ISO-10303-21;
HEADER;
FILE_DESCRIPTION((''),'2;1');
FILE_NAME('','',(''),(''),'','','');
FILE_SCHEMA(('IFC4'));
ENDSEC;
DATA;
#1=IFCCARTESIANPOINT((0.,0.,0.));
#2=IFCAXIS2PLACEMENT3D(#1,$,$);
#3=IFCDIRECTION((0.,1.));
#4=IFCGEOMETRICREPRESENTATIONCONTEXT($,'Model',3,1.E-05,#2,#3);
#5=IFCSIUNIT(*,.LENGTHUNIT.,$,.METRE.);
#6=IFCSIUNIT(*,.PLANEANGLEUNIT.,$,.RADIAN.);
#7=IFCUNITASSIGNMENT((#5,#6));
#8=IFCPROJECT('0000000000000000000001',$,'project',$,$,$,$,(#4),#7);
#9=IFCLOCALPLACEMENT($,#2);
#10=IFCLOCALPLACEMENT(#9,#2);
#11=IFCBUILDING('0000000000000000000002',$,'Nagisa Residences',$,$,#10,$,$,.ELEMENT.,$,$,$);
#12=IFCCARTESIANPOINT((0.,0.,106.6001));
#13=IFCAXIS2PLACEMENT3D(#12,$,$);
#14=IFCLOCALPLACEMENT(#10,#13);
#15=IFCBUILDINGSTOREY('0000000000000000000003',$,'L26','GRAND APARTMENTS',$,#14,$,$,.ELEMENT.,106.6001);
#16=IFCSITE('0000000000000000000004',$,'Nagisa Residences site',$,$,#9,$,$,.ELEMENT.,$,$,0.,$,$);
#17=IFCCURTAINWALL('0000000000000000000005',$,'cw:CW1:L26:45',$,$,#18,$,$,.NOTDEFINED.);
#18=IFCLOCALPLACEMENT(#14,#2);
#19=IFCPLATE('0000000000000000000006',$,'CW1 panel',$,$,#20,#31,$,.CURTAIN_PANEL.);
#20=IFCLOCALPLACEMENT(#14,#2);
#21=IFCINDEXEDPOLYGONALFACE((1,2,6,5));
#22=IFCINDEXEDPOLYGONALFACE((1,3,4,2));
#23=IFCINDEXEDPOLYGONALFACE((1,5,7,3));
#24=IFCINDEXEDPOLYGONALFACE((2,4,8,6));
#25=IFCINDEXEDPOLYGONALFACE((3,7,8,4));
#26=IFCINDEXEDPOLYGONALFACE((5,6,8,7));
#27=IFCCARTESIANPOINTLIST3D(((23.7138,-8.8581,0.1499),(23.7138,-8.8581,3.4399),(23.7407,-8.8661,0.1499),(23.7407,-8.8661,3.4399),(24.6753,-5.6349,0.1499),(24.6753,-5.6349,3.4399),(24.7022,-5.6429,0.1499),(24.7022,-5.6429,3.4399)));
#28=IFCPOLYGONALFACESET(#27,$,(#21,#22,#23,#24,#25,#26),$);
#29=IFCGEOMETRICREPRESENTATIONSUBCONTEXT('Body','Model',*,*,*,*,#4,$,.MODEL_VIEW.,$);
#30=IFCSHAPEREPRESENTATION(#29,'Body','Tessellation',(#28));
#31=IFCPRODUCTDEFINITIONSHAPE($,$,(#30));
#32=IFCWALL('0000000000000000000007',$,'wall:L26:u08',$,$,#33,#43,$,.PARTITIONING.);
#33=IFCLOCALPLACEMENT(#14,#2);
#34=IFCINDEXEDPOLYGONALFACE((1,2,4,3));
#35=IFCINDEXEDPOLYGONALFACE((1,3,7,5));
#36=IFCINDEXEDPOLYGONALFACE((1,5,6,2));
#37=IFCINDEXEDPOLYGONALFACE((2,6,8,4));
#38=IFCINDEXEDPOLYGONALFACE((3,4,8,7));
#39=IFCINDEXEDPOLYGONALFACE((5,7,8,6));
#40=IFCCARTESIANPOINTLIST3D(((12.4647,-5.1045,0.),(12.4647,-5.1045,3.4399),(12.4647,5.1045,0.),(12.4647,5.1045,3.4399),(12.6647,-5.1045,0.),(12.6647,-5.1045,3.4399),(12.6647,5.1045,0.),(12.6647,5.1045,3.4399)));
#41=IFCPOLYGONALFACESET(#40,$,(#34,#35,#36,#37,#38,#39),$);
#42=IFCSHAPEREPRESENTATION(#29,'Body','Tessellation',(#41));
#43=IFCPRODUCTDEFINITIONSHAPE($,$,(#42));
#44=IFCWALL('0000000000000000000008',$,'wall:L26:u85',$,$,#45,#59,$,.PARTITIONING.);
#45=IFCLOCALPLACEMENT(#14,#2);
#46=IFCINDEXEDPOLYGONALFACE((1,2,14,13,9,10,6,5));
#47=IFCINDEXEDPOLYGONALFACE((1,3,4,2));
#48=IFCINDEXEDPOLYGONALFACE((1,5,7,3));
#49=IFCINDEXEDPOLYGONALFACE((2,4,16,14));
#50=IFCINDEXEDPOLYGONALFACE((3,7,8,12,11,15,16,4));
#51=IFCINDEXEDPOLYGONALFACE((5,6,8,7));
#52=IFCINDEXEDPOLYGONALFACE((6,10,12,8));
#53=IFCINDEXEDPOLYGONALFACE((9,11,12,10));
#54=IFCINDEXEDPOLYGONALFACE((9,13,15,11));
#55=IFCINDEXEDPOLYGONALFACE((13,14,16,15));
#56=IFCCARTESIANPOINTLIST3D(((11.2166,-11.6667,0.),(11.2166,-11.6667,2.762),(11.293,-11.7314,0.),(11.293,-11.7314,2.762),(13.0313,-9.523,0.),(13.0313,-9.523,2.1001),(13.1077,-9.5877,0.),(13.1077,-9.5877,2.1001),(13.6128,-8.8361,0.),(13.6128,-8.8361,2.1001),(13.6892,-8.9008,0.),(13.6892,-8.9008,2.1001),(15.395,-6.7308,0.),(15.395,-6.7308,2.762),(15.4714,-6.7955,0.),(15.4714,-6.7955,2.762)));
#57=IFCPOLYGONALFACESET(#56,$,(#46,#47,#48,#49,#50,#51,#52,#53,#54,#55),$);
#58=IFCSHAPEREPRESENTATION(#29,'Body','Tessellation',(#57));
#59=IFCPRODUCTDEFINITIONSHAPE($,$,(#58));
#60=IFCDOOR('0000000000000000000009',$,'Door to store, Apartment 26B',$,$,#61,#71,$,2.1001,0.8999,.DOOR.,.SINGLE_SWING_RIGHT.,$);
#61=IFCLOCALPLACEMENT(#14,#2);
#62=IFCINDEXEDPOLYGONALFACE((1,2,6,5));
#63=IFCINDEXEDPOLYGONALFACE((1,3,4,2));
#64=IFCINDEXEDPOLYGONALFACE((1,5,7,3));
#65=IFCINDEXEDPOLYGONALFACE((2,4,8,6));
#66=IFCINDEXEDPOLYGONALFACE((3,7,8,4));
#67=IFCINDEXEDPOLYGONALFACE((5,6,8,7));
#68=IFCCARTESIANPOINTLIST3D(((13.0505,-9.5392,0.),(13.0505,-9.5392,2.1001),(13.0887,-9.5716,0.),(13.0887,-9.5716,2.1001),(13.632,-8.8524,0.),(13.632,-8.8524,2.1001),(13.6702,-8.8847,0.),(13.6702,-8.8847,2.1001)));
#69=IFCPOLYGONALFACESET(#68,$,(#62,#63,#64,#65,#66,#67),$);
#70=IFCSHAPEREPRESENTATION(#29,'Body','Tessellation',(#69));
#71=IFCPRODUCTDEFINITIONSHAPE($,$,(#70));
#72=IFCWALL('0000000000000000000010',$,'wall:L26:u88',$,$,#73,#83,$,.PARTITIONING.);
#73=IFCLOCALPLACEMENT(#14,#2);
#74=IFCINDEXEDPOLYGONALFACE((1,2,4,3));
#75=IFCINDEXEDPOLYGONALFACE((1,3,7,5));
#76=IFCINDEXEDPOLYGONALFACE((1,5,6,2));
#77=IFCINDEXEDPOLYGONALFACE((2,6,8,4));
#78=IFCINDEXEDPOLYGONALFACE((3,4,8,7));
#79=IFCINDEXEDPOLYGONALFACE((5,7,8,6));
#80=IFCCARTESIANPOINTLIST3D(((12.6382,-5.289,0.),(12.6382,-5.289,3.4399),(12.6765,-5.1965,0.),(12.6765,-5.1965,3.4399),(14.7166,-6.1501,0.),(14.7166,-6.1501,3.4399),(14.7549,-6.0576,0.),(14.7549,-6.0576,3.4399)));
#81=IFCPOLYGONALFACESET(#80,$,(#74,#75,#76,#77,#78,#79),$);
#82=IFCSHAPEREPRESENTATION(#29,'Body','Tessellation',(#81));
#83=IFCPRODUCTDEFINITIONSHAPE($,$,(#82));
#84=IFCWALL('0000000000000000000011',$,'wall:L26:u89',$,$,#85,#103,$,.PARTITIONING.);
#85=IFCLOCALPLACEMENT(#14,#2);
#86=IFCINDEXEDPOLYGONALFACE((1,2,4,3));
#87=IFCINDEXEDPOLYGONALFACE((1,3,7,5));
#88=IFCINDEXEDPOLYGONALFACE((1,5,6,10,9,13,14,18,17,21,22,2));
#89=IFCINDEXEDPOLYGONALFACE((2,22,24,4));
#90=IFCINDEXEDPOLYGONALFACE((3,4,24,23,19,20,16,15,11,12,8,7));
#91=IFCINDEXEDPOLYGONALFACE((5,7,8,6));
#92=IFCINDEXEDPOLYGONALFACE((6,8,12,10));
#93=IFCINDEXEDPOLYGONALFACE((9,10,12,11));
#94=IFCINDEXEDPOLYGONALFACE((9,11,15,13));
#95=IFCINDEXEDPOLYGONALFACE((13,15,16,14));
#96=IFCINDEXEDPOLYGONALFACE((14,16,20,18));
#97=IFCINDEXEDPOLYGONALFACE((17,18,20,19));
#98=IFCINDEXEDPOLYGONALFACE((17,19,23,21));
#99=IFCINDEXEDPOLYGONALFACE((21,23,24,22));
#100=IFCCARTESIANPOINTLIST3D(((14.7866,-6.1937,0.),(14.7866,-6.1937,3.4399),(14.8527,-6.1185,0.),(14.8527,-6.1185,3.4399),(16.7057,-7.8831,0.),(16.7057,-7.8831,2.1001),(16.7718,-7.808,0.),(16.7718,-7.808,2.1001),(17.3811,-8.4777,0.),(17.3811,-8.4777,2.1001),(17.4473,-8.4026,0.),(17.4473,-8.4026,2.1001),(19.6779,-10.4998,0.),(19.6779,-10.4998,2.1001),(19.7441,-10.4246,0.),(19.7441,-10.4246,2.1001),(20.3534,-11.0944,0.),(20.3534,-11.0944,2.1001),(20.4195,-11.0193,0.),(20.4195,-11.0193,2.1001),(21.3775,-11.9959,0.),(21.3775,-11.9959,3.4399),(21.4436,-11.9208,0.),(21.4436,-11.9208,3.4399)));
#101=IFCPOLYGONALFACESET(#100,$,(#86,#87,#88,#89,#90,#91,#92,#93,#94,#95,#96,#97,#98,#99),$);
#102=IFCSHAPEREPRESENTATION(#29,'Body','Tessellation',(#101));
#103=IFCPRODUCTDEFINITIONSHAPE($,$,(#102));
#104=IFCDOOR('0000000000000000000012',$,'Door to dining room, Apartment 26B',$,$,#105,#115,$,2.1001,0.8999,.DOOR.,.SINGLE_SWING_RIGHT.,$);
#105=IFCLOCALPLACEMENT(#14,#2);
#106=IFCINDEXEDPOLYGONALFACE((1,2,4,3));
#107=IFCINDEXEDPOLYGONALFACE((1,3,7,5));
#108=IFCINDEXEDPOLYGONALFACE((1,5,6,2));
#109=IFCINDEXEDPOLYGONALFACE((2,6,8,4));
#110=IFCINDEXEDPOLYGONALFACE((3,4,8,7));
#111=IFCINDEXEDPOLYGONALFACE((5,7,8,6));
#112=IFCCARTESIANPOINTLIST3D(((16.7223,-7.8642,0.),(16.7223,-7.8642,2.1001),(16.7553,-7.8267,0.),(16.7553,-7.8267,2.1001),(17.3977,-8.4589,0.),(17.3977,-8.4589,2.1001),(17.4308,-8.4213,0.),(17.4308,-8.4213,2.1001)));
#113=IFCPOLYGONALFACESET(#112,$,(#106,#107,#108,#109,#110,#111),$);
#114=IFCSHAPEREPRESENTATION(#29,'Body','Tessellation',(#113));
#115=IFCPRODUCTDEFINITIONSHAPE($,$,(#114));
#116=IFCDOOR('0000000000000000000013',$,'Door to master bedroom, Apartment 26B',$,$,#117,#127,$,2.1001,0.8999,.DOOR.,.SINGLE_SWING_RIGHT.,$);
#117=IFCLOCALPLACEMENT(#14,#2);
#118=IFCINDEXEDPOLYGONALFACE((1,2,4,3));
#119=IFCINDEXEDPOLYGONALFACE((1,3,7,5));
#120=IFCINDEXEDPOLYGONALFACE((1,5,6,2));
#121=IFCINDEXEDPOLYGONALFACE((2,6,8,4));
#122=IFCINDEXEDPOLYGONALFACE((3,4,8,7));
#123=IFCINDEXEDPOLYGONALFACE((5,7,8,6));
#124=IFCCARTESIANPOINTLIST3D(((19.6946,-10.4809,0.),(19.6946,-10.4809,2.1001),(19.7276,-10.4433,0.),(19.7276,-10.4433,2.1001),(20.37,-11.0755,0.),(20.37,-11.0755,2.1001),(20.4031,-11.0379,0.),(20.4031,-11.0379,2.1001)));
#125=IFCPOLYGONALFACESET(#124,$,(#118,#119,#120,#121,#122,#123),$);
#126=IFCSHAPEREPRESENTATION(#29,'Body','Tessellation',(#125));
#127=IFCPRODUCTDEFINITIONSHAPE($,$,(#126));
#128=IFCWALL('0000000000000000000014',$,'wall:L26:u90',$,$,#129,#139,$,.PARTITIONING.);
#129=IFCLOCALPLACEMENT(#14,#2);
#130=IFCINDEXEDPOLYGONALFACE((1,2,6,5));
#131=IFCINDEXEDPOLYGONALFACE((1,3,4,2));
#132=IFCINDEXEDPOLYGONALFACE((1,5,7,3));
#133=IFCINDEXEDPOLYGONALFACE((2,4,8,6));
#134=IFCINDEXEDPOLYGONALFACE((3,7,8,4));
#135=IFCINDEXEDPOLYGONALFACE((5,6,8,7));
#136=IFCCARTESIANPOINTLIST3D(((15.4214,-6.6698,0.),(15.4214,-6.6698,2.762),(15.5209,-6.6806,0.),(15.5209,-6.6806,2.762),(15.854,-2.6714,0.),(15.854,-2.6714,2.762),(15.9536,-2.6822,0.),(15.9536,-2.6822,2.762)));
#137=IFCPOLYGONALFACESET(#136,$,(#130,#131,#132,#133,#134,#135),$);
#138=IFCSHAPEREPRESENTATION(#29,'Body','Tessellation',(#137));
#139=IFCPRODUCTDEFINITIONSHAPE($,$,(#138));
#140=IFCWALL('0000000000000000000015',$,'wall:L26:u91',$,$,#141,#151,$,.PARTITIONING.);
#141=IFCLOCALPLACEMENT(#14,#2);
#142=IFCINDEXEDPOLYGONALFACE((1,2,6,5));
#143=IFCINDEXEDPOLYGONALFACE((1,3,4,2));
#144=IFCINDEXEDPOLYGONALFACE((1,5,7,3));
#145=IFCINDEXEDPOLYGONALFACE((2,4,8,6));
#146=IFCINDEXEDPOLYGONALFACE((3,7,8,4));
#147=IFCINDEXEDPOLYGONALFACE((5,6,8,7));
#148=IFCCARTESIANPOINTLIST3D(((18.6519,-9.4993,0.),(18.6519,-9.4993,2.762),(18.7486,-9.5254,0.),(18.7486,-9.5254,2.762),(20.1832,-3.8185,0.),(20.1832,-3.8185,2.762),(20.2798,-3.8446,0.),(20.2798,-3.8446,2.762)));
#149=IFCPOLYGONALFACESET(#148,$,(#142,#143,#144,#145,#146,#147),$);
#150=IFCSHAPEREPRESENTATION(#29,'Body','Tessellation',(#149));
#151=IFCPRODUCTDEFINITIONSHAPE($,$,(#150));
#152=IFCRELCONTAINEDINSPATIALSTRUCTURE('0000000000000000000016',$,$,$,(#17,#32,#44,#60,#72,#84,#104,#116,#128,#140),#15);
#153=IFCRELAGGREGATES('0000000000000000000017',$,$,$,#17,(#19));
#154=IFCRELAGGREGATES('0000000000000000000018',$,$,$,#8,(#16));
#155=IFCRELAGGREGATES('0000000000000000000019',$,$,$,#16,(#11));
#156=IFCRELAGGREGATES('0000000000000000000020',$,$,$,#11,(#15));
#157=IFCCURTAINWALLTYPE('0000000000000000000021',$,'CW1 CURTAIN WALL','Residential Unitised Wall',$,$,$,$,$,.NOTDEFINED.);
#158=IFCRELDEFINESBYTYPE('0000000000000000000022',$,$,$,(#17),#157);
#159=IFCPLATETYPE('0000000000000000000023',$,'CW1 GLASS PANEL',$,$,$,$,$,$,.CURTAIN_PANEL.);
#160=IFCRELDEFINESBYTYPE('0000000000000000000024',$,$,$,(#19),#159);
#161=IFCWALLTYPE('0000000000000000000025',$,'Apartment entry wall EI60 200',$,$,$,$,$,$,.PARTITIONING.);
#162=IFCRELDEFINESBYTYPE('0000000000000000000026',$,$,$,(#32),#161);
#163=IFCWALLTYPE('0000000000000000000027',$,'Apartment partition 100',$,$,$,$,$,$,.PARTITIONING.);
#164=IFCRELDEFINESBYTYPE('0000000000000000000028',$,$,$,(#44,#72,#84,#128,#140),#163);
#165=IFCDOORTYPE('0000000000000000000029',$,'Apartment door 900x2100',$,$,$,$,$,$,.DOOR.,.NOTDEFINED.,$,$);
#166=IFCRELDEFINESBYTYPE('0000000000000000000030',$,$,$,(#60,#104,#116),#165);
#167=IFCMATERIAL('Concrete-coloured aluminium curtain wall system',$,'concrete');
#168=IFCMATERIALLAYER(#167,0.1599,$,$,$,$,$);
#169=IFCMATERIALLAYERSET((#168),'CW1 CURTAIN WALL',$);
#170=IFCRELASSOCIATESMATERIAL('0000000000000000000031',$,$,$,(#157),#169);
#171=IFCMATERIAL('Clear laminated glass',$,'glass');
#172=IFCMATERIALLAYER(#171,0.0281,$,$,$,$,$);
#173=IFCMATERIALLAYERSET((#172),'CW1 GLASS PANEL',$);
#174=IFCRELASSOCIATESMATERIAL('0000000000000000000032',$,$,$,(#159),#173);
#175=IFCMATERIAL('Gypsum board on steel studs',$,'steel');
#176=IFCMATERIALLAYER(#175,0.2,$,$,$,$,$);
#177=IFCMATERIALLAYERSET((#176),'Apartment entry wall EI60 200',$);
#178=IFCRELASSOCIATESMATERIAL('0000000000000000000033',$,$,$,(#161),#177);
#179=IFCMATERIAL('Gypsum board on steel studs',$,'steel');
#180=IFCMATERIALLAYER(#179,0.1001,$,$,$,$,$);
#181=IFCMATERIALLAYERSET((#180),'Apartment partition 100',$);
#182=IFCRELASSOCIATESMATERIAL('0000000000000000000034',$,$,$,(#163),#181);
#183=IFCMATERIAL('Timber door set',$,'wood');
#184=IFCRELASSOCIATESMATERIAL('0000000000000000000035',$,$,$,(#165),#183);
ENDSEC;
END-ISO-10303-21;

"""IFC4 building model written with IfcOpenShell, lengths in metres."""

from ifc_helpers import new_model, si_unit, direction, frame, frame_2d, origin, origin_2d, place, context, subcontext, project, spatial, rectangle, extrude, material, layer, layer_set, type_object, element, fill, aggregate, save


model = new_model("IFC4")

# Units and contexts
model_context = context("Model", 3, precision=1e-05, world=origin(), true_north=direction((0.0, 1.0)))
body_context = subcontext(model_context, "Body", "Model", "MODEL_VIEW")
ifc_project = project(units=[si_unit("LENGTHUNIT", "METRE"), si_unit("PLANEANGLEUNIT", "RADIAN")], contexts=[model_context])

# Site, building, storey
site_placement = place(None, origin())
site = spatial("IfcSite", under=ifc_project, at=site_placement, Name="Nagisa Residences site", CompositionType="ELEMENT", RefElevation=0.0)
building_placement = place(site_placement, origin())
building = spatial("IfcBuilding", under=site, at=building_placement, Name="Nagisa Residences", CompositionType="ELEMENT")
storey_placement = place(building_placement, frame((0.0, 0.0, 106.6001)))
storey = spatial("IfcBuildingStorey", under=building, at=storey_placement, Name="L26", Description="GRAND APARTMENTS", CompositionType="ELEMENT", Elevation=106.6001)

# Curtain wall
ifc_material_1 = material(Name="Concrete-coloured aluminium curtain wall system", Category="concrete")
ifc_layer_1 = layer(ifc_material_1, 0.1599)
ifc_layer_set_1 = layer_set([ifc_layer_1], Name="CW1 CURTAIN WALL")
curtain_wall_type = type_object("IfcCurtainWallType", Name="CW1 CURTAIN WALL", Description="Residential Unitised Wall", PredefinedType="NOTDEFINED", material=ifc_layer_set_1)
curtain_wall_1_placement = place(storey_placement, origin())
curtain_wall_1 = element("IfcCurtainWall", 1, at=curtain_wall_1_placement, inside=storey, type_object=curtain_wall_type, Name="cw:CW1:L26:45", PredefinedType="NOTDEFINED")

# Shared definitions
ifc_material_2 = material(Name="Clear laminated glass", Category="glass")
ifc_layer_2 = layer(ifc_material_2, 0.0281)
ifc_layer_set_2 = layer_set([ifc_layer_2], Name="CW1 GLASS PANEL")
plate_type = type_object("IfcPlateType", Name="CW1 GLASS PANEL", PredefinedType="CURTAIN_PANEL", material=ifc_layer_set_2)

# Plate
plate_1_placement = place(storey_placement, frame((24.208, -7.2505, 0.1499), z_axis=(0.0, 0.0, 1.0), x_axis=(0.28586, 0.958271, 0.0)))
plate_1 = element("IfcPlate", 2, at=plate_1_placement, type_object=plate_type, Name="CW1 panel", PredefinedType="CURTAIN_PANEL", context=body_context, shape_type="SweptSolid", body=[
    extrude(rectangle(XDim=3.3635, YDim=0.0281, at=origin_2d()), origin(), (0.0, 0.0, 1.0), 3.29),
])
aggregate(curtain_wall_1, [plate_1])

# Wall
ifc_material_3 = material(Name="Gypsum board on steel studs", Category="steel")
ifc_layer_3 = layer(ifc_material_3, 0.2)
ifc_layer_set_3 = layer_set([ifc_layer_3], Name="Apartment entry wall EI60 200")
wall_type_1 = type_object("IfcWallType", Name="Apartment entry wall EI60 200", PredefinedType="PARTITIONING", material=ifc_layer_set_3)
wall_1_placement = place(storey_placement, frame((12.5647, -5.1045, 0.0), z_axis=(0.0, 0.0, 1.0), x_axis=(0.0, 1.0, 0.0)))
element("IfcWall", 3, at=wall_1_placement, inside=storey, type_object=wall_type_1, Name="wall:L26:u08", PredefinedType="PARTITIONING", context=body_context, shape_type="SweptSolid", body=[
    extrude(rectangle(XDim=10.209, YDim=0.2, at=frame_2d((5.1045, 0.0))), origin(), (0.0, 0.0, 1.0), 3.4399),
])

# Wall, opening, door
ifc_material_4 = material(Name="Gypsum board on steel studs", Category="steel")
ifc_layer_4 = layer(ifc_material_4, 0.1001)
ifc_layer_set_4 = layer_set([ifc_layer_4], Name="Apartment partition 100")
wall_type_2 = type_object("IfcWallType", Name="Apartment partition 100", PredefinedType="PARTITIONING", material=ifc_layer_set_4)
wall_2_placement = place(storey_placement, frame((11.2549, -11.699, 0.0), z_axis=(0.0, 0.0, 1.0), x_axis=(0.646106, 0.763247, 0.0)))
wall_2 = element("IfcWall", 4, at=wall_2_placement, inside=storey, type_object=wall_type_2, Name="wall:L26:u85", PredefinedType="PARTITIONING", context=body_context, shape_type="SweptSolid", body=[
    extrude(rectangle(XDim=6.467, YDim=0.1001, at=frame_2d((3.2334, 0.0))), origin(), (0.0, 0.0, 1.0), 2.762),
])
opening_1_placement = place(wall_2_placement, frame((2.8086, 0.0, 0.0)))
opening_1 = element("IfcOpeningElement", 5, at=opening_1_placement, cuts=wall_2, PredefinedType="OPENING", context=body_context, shape_type="SweptSolid", body=[
    extrude(rectangle(XDim=0.8999, YDim=2.1001, at=frame_2d((0.45, 1.05))), frame((0.0, 0.0601, 0.0), z_axis=(0.0, -1.0, 0.0), x_axis=(1.0, 0.0, 0.0)), (0.0, 0.0, 1.0), 0.1201),
])
ifc_material_5 = material(Name="Timber door set", Category="wood")
door_type_1 = type_object("IfcDoorType", Name="Apartment door 900x2100", OperationType="NOTDEFINED", PredefinedType="DOOR", material=ifc_material_5)
door_1_placement = place(opening_1_placement, origin())
door_1 = element("IfcDoor", 6, at=door_1_placement, inside=storey, type_object=door_type_1, Name="Door to store, Apartment 26B", OperationType="SINGLE_SWING_RIGHT", OverallHeight=2.1001, OverallWidth=0.8999, PredefinedType="DOOR", context=body_context, shape_type="SweptSolid", body=[
    extrude(rectangle(XDim=0.8999, YDim=2.1001, at=frame_2d((0.45, 1.05))), frame((0.0, 0.0249, 0.0), z_axis=(0.0, -1.0, 0.0), x_axis=(1.0, 0.0, 0.0)), (0.0, 0.0, 1.0), 0.05),
])
fill(opening_1, door_1)

# Wall
wall_3_placement = place(storey_placement, frame((12.6572, -5.2427, 0.0), z_axis=(0.0, 0.0, 1.0), x_axis=(0.923849, -0.382758, 0.0)))
element("IfcWall", 7, at=wall_3_placement, inside=storey, type_object=wall_type_2, Name="wall:L26:u88", PredefinedType="PARTITIONING", context=body_context, shape_type="SweptSolid", body=[
    extrude(rectangle(XDim=2.2498, YDim=0.1001, at=frame_2d((1.125, 0.0))), origin(), (0.0, 0.0, 1.0), 3.4399),
])

# Wall, openings, doors
wall_4_placement = place(storey_placement, frame((14.8196, -6.156, 0.0), z_axis=(0.0, 0.0, 1.0), x_axis=(0.750582, -0.660777, 0.0)))
wall_4 = element("IfcWall", 8, at=wall_4_placement, inside=storey, type_object=wall_type_2, Name="wall:L26:u89", PredefinedType="PARTITIONING", context=body_context, shape_type="SweptSolid", body=[
    extrude(rectangle(XDim=8.781, YDim=0.1001, at=frame_2d((4.3906, 0.0))), origin(), (0.0, 0.0, 1.0), 3.4399),
])
opening_2_placement = place(wall_4_placement, frame((2.5569, 0.0, 0.0)))
opening_2 = element("IfcOpeningElement", 9, at=opening_2_placement, cuts=wall_4, PredefinedType="OPENING", context=body_context, shape_type="SweptSolid", body=[
    extrude(rectangle(XDim=0.8999, YDim=2.1001, at=frame_2d((0.45, 1.05))), frame((0.0, 0.0601, 0.0), z_axis=(0.0, -1.0, 0.0), x_axis=(1.0, 0.0, 0.0)), (0.0, 0.0, 1.0), 0.1201),
])
opening_3_placement = place(wall_4_placement, frame((6.5168, 0.0, 0.0)))
opening_3 = element("IfcOpeningElement", 10, at=opening_3_placement, cuts=wall_4, PredefinedType="OPENING", context=body_context, shape_type="SweptSolid", body=[
    extrude(rectangle(XDim=0.8999, YDim=2.1001, at=frame_2d((0.45, 1.05))), frame((0.0, 0.0601, 0.0), z_axis=(0.0, -1.0, 0.0), x_axis=(1.0, 0.0, 0.0)), (0.0, 0.0, 1.0), 0.1201),
])
door_2_placement = place(opening_2_placement, frame((0.8999, 0.0, 0.0), x_axis=(-1.0, 0.0, 0.0)))
door_2 = element("IfcDoor", 11, at=door_2_placement, inside=storey, type_object=door_type_1, Name="Door to dining room, Apartment 26B", OperationType="SINGLE_SWING_RIGHT", OverallHeight=2.1001, OverallWidth=0.8999, PredefinedType="DOOR", context=body_context, shape_type="SweptSolid", body=[
    extrude(rectangle(XDim=0.8999, YDim=2.1001, at=frame_2d((0.45, 1.05))), frame((0.0, 0.0249, 0.0), z_axis=(0.0, -1.0, 0.0), x_axis=(1.0, 0.0, 0.0)), (0.0, 0.0, 1.0), 0.05),
])
fill(opening_2, door_2)
door_3_placement = place(opening_3_placement, frame((0.8999, 0.0, 0.0), x_axis=(-1.0, 0.0, 0.0)))
door_3 = element("IfcDoor", 12, at=door_3_placement, inside=storey, type_object=door_type_1, Name="Door to master bedroom, Apartment 26B", OperationType="SINGLE_SWING_RIGHT", OverallHeight=2.1001, OverallWidth=0.8999, PredefinedType="DOOR", context=body_context, shape_type="SweptSolid", body=[
    extrude(rectangle(XDim=0.8999, YDim=2.1001, at=frame_2d((0.45, 1.05))), frame((0.0, 0.0249, 0.0), z_axis=(0.0, -1.0, 0.0), x_axis=(1.0, 0.0, 0.0)), (0.0, 0.0, 1.0), 0.05),
])
fill(opening_3, door_3)

# Walls
wall_5_placement = place(storey_placement, frame((15.4712, -6.675, 0.0), z_axis=(0.0, 0.0, 1.0), x_axis=(0.107573, 0.994197, 0.0)))
element("IfcWall", 13, at=wall_5_placement, inside=storey, type_object=wall_type_2, Name="wall:L26:u90", PredefinedType="PARTITIONING", context=body_context, shape_type="SweptSolid", body=[
    extrude(rectangle(XDim=4.0217, YDim=0.1001, at=frame_2d((2.0107, 0.0))), origin(), (0.0, 0.0, 1.0), 2.762),
])
wall_6_placement = place(storey_placement, frame((18.7002, -9.5125, 0.0), z_axis=(0.0, 0.0, 1.0), x_axis=(0.260265, 0.965537, 0.0)))
element("IfcWall", 14, at=wall_6_placement, inside=storey, type_object=wall_type_2, Name="wall:L26:u91", PredefinedType="PARTITIONING", context=body_context, shape_type="SweptSolid", body=[
    extrude(rectangle(XDim=5.8835, YDim=0.1001, at=frame_2d((2.9419, 0.0))), origin(), (0.0, 0.0, 1.0), 2.762),
])

save(model, "model.ifc")
